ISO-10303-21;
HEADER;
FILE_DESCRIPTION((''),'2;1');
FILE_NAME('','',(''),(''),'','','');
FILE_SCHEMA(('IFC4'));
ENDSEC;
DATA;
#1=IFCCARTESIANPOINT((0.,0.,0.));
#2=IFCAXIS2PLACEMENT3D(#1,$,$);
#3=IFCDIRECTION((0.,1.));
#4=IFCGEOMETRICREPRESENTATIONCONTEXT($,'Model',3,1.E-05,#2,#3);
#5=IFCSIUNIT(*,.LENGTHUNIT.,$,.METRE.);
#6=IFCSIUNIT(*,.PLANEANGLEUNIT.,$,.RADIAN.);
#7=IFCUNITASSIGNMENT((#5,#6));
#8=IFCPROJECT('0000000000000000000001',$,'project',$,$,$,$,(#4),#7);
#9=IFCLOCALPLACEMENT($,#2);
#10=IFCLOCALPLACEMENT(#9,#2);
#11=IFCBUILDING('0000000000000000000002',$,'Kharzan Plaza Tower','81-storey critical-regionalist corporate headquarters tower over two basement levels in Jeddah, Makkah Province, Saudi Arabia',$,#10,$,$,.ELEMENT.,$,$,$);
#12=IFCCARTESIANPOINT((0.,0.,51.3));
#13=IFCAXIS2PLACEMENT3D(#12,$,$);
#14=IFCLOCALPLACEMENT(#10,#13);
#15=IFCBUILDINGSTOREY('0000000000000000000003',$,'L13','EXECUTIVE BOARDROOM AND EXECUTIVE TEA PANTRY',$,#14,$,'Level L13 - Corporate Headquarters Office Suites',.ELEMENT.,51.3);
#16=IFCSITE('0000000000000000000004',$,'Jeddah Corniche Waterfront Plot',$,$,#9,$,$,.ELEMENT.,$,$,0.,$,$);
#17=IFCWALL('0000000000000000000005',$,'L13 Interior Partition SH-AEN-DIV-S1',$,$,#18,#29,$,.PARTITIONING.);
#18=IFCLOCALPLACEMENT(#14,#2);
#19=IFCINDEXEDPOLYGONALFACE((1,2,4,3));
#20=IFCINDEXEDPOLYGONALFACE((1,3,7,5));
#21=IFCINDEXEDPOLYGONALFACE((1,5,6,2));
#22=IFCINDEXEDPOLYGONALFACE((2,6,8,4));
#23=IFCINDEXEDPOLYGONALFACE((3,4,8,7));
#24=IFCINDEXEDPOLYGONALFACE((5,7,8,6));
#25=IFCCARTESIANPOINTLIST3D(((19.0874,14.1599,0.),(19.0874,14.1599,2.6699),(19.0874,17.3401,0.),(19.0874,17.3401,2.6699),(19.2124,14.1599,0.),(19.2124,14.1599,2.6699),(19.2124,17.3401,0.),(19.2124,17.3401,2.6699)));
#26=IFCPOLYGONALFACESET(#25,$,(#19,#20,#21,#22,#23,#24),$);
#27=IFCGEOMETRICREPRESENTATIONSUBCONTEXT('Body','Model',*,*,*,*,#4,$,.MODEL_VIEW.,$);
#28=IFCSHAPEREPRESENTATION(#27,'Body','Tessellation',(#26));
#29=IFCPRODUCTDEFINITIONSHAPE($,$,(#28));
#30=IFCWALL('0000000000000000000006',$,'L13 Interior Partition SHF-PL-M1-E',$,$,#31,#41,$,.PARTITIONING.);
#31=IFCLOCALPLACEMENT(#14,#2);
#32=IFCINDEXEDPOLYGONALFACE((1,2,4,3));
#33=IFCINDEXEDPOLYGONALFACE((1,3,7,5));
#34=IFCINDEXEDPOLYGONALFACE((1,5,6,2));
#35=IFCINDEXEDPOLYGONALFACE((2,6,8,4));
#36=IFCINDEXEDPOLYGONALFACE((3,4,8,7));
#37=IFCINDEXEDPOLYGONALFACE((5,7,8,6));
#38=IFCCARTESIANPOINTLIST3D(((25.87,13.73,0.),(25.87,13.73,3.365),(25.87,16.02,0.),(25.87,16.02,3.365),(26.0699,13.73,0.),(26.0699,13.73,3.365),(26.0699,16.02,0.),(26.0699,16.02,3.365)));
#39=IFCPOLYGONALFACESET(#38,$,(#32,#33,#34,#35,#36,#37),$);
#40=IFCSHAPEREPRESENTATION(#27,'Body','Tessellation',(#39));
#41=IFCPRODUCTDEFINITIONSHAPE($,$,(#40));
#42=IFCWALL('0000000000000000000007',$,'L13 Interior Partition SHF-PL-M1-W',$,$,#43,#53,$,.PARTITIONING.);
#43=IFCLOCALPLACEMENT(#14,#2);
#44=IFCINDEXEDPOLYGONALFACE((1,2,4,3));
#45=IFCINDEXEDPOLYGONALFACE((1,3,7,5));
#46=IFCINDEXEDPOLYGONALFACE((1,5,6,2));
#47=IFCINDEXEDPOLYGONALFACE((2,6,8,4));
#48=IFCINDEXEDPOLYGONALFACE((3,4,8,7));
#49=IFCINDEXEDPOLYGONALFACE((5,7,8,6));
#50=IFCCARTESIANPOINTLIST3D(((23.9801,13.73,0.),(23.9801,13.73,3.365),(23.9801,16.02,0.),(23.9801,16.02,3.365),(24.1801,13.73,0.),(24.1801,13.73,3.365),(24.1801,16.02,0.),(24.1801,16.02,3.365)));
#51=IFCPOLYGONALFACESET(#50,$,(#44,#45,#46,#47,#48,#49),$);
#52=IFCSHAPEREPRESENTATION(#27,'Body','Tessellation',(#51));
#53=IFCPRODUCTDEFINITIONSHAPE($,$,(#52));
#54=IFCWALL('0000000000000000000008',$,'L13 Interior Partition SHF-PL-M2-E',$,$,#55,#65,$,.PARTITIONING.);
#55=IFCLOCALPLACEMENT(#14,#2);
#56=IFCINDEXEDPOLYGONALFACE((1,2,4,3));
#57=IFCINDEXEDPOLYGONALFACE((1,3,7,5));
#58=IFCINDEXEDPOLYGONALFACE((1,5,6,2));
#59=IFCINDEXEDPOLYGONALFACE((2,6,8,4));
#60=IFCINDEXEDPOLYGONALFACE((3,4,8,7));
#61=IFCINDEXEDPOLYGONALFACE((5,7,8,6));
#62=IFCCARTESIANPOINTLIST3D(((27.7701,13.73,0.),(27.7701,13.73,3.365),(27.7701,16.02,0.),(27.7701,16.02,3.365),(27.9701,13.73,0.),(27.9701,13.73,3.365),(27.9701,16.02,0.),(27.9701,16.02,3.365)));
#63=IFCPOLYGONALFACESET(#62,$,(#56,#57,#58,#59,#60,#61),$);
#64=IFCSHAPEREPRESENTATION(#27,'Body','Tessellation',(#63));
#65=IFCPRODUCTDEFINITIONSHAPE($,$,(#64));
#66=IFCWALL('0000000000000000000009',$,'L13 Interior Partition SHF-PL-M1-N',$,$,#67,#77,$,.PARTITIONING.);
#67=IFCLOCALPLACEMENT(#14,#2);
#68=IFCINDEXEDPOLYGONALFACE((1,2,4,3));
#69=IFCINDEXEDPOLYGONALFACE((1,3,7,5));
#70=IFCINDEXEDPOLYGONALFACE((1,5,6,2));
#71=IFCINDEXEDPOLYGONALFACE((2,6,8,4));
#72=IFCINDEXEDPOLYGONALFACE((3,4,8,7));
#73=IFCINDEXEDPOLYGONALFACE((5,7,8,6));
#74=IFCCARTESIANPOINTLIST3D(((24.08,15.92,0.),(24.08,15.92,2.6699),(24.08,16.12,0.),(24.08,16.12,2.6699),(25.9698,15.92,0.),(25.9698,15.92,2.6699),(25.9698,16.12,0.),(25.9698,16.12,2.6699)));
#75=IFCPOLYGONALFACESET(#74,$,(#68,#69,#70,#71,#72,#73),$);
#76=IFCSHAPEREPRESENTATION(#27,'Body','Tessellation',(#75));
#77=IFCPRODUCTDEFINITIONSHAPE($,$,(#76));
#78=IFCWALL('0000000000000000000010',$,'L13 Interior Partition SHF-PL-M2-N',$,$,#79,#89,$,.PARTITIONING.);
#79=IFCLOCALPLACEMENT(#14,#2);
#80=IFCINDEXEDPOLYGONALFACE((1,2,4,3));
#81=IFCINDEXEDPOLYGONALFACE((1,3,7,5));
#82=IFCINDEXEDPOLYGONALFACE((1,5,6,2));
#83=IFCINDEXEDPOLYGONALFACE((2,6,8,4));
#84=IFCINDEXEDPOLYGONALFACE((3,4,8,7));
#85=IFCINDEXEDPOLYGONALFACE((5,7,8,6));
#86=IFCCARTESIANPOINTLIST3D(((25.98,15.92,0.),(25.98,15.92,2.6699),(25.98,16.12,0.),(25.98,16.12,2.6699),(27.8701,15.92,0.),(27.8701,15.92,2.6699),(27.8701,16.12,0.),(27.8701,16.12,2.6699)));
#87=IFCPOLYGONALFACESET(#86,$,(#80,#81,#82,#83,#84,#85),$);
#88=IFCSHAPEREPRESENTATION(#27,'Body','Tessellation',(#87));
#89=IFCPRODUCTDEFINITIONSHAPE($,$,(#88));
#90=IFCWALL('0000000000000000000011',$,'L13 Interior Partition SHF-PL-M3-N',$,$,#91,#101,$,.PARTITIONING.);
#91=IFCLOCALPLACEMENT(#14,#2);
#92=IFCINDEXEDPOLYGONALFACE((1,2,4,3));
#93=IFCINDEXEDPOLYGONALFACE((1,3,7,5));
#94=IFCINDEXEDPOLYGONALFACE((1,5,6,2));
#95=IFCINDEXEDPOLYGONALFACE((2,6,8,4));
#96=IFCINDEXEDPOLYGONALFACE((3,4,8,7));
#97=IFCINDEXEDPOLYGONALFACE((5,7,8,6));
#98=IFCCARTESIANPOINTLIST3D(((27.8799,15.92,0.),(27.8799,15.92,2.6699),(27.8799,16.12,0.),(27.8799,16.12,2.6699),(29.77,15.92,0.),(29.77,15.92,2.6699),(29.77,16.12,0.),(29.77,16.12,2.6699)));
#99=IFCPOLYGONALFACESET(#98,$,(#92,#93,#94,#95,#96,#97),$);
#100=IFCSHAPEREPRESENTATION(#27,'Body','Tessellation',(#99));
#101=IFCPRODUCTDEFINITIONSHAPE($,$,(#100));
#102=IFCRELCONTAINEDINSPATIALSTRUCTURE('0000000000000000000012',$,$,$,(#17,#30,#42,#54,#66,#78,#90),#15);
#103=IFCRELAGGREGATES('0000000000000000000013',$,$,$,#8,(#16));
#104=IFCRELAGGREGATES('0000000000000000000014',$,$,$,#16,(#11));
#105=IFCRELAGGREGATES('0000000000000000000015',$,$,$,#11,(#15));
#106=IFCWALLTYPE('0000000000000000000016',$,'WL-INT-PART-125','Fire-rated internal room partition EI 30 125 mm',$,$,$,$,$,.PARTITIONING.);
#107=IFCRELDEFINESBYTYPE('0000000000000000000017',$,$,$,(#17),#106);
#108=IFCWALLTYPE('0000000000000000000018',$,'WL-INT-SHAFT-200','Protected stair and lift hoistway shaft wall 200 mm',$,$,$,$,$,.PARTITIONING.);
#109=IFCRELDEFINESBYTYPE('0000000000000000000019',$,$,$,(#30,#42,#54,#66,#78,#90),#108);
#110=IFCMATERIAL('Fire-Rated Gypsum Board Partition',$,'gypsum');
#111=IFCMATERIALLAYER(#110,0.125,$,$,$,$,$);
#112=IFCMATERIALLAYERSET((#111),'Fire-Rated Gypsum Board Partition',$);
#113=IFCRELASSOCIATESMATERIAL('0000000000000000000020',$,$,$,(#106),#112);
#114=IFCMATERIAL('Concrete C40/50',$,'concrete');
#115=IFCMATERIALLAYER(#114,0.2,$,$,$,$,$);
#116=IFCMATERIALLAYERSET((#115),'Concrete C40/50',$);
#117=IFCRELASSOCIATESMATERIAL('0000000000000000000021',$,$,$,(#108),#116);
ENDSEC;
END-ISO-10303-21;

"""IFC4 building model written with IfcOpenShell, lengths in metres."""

from ifc_helpers import new_model, si_unit, direction, frame, frame_2d, origin, place, context, subcontext, project, spatial, rectangle, extrude, source, transform, mapped, material, layer, layer_set, type_object, element, save


model = new_model("IFC4")

# Units and contexts
model_context = context("Model", 3, precision=1e-05, world=origin(), true_north=direction((0.0, 1.0)))
body_context = subcontext(model_context, "Body", "Model", "MODEL_VIEW")
ifc_project = project(units=[si_unit("LENGTHUNIT", "METRE"), si_unit("PLANEANGLEUNIT", "RADIAN")], contexts=[model_context])

# Site, building, storey
site_placement = place(None, origin())
site = spatial("IfcSite", under=ifc_project, at=site_placement, Name="Jeddah Corniche Waterfront Plot", CompositionType="ELEMENT", RefElevation=0.0)
building_placement = place(site_placement, origin())
building = spatial("IfcBuilding", under=site, at=building_placement, Name="Kharzan Plaza Tower", Description="81-storey critical-regionalist corporate headquarters tower over two basement levels in Jeddah, Makkah Province, Saudi Arabia", CompositionType="ELEMENT")
storey_placement = place(building_placement, frame((0.0, 0.0, 51.3)))
storey = spatial("IfcBuildingStorey", under=building, at=storey_placement, Name="L13", Description="EXECUTIVE BOARDROOM AND EXECUTIVE TEA PANTRY", LongName="Level L13 - Corporate Headquarters Office Suites", CompositionType="ELEMENT", Elevation=51.3)

# Shared definitions
ifc_material_1 = material(Name="Fire-Rated Gypsum Board Partition", Category="gypsum")
ifc_layer_1 = layer(ifc_material_1, 0.125)
ifc_layer_set_1 = layer_set([ifc_layer_1], Name="Fire-Rated Gypsum Board Partition")
wall_type_1 = type_object("IfcWallType", Name="WL-INT-PART-125", Description="Fire-rated internal room partition EI 30 125 mm", PredefinedType="PARTITIONING", material=ifc_layer_set_1)
ifc_material_2 = material(Name="Concrete C40/50", Category="concrete")
ifc_layer_2 = layer(ifc_material_2, 0.2)
ifc_layer_set_2 = layer_set([ifc_layer_2], Name="Concrete C40/50")
wall_type_2 = type_object("IfcWallType", Name="WL-INT-SHAFT-200", Description="Protected stair and lift hoistway shaft wall 200 mm", PredefinedType="PARTITIONING", material=ifc_layer_set_2)

# Walls
shared_shape_1 = source(origin(), body_context, "Body", "SweptSolid", [
    extrude(rectangle(XDim=3.1802, YDim=0.125, at=frame_2d((1.5901, 0.0))), origin(), (0.0, 0.0, 1.0), 2.6699),
])
wall_1_placement = place(storey_placement, frame((19.1499, 14.1599, 0.0), z_axis=(0.0, 0.0, 1.0), x_axis=(0.0, 1.0, 0.0)))
element("IfcWall", 1, at=wall_1_placement, inside=storey, type_object=wall_type_1, Name="L13 Interior Partition SH-AEN-DIV-S1", PredefinedType="PARTITIONING", context=body_context, shape_type="MappedRepresentation", body=[
    mapped(shared_shape_1, transform((0.0, 0.0, 0.0), x_axis=(1.0, 0.0, 0.0), y_axis=(0.0, 1.0, 0.0), z_axis=(0.0, 0.0, 1.0))),
])
shared_shape_2 = source(origin(), body_context, "Body", "SweptSolid", [
    extrude(rectangle(XDim=2.29, YDim=0.2, at=frame_2d((1.145, 0.0))), origin(), (0.0, 0.0, 1.0), 3.365),
])
for number, where, z_axis, x_axis, name in (
    (2, (25.97, 13.73, 0.0), (0.0, 0.0, 1.0), (0.0, 1.0, 0.0), "L13 Interior Partition SHF-PL-M1-E"),
    (3, (24.0801, 13.73, 0.0), (0.0, 0.0, 1.0), (0.0, 1.0, 0.0), "L13 Interior Partition SHF-PL-M1-W"),
    (4, (27.8701, 13.73, 0.0), (0.0, 0.0, 1.0), (0.0, 1.0, 0.0), "L13 Interior Partition SHF-PL-M2-E"),
):
    element("IfcWall", number, at=place(storey_placement, frame(where, z_axis=z_axis, x_axis=x_axis)), inside=storey, type_object=wall_type_2, Name=name, PredefinedType="PARTITIONING", context=body_context, shape_type="MappedRepresentation", body=[
        mapped(shared_shape_2, transform((0.0, 0.0, 0.0), x_axis=(1.0, 0.0, 0.0), y_axis=(0.0, 1.0, 0.0), z_axis=(0.0, 0.0, 1.0))),
    ])
shared_shape_3 = source(origin(), body_context, "Body", "SweptSolid", [
    extrude(rectangle(XDim=1.8899, YDim=0.2, at=frame_2d((0.9448, 0.0))), origin(), (0.0, 0.0, 1.0), 2.6699),
])
wall_2_placement = place(storey_placement, frame((24.0801, 16.02, 0.0), z_axis=(0.0, 0.0, 1.0), x_axis=(1.0, 0.0, 0.0)))
element("IfcWall", 5, at=wall_2_placement, inside=storey, type_object=wall_type_2, Name="L13 Interior Partition SHF-PL-M1-N", PredefinedType="PARTITIONING", context=body_context, shape_type="MappedRepresentation", body=[
    mapped(shared_shape_3, transform((0.0, 0.0, 0.0), x_axis=(1.0, 0.0, 0.0), y_axis=(0.0, 1.0, 0.0), z_axis=(0.0, 0.0, 1.0))),
])
shared_shape_4 = source(origin(), body_context, "Body", "SweptSolid", [
    extrude(rectangle(XDim=1.8901, YDim=0.2, at=frame_2d((0.9451, 0.0))), origin(), (0.0, 0.0, 1.0), 2.6699),
])
for number, where, z_axis, x_axis, name in (
    (6, (25.98, 16.02, 0.0), (0.0, 0.0, 1.0), (1.0, 0.0, 0.0), "L13 Interior Partition SHF-PL-M2-N"),
    (7, (27.8799, 16.02, 0.0), (0.0, 0.0, 1.0), (1.0, 0.0, 0.0), "L13 Interior Partition SHF-PL-M3-N"),
):
    element("IfcWall", number, at=place(storey_placement, frame(where, z_axis=z_axis, x_axis=x_axis)), inside=storey, type_object=wall_type_2, Name=name, PredefinedType="PARTITIONING", context=body_context, shape_type="MappedRepresentation", body=[
        mapped(shared_shape_4, transform((0.0, 0.0, 0.0), x_axis=(1.0, 0.0, 0.0), y_axis=(0.0, 1.0, 0.0), z_axis=(0.0, 0.0, 1.0))),
    ])

save(model, "model.ifc")
